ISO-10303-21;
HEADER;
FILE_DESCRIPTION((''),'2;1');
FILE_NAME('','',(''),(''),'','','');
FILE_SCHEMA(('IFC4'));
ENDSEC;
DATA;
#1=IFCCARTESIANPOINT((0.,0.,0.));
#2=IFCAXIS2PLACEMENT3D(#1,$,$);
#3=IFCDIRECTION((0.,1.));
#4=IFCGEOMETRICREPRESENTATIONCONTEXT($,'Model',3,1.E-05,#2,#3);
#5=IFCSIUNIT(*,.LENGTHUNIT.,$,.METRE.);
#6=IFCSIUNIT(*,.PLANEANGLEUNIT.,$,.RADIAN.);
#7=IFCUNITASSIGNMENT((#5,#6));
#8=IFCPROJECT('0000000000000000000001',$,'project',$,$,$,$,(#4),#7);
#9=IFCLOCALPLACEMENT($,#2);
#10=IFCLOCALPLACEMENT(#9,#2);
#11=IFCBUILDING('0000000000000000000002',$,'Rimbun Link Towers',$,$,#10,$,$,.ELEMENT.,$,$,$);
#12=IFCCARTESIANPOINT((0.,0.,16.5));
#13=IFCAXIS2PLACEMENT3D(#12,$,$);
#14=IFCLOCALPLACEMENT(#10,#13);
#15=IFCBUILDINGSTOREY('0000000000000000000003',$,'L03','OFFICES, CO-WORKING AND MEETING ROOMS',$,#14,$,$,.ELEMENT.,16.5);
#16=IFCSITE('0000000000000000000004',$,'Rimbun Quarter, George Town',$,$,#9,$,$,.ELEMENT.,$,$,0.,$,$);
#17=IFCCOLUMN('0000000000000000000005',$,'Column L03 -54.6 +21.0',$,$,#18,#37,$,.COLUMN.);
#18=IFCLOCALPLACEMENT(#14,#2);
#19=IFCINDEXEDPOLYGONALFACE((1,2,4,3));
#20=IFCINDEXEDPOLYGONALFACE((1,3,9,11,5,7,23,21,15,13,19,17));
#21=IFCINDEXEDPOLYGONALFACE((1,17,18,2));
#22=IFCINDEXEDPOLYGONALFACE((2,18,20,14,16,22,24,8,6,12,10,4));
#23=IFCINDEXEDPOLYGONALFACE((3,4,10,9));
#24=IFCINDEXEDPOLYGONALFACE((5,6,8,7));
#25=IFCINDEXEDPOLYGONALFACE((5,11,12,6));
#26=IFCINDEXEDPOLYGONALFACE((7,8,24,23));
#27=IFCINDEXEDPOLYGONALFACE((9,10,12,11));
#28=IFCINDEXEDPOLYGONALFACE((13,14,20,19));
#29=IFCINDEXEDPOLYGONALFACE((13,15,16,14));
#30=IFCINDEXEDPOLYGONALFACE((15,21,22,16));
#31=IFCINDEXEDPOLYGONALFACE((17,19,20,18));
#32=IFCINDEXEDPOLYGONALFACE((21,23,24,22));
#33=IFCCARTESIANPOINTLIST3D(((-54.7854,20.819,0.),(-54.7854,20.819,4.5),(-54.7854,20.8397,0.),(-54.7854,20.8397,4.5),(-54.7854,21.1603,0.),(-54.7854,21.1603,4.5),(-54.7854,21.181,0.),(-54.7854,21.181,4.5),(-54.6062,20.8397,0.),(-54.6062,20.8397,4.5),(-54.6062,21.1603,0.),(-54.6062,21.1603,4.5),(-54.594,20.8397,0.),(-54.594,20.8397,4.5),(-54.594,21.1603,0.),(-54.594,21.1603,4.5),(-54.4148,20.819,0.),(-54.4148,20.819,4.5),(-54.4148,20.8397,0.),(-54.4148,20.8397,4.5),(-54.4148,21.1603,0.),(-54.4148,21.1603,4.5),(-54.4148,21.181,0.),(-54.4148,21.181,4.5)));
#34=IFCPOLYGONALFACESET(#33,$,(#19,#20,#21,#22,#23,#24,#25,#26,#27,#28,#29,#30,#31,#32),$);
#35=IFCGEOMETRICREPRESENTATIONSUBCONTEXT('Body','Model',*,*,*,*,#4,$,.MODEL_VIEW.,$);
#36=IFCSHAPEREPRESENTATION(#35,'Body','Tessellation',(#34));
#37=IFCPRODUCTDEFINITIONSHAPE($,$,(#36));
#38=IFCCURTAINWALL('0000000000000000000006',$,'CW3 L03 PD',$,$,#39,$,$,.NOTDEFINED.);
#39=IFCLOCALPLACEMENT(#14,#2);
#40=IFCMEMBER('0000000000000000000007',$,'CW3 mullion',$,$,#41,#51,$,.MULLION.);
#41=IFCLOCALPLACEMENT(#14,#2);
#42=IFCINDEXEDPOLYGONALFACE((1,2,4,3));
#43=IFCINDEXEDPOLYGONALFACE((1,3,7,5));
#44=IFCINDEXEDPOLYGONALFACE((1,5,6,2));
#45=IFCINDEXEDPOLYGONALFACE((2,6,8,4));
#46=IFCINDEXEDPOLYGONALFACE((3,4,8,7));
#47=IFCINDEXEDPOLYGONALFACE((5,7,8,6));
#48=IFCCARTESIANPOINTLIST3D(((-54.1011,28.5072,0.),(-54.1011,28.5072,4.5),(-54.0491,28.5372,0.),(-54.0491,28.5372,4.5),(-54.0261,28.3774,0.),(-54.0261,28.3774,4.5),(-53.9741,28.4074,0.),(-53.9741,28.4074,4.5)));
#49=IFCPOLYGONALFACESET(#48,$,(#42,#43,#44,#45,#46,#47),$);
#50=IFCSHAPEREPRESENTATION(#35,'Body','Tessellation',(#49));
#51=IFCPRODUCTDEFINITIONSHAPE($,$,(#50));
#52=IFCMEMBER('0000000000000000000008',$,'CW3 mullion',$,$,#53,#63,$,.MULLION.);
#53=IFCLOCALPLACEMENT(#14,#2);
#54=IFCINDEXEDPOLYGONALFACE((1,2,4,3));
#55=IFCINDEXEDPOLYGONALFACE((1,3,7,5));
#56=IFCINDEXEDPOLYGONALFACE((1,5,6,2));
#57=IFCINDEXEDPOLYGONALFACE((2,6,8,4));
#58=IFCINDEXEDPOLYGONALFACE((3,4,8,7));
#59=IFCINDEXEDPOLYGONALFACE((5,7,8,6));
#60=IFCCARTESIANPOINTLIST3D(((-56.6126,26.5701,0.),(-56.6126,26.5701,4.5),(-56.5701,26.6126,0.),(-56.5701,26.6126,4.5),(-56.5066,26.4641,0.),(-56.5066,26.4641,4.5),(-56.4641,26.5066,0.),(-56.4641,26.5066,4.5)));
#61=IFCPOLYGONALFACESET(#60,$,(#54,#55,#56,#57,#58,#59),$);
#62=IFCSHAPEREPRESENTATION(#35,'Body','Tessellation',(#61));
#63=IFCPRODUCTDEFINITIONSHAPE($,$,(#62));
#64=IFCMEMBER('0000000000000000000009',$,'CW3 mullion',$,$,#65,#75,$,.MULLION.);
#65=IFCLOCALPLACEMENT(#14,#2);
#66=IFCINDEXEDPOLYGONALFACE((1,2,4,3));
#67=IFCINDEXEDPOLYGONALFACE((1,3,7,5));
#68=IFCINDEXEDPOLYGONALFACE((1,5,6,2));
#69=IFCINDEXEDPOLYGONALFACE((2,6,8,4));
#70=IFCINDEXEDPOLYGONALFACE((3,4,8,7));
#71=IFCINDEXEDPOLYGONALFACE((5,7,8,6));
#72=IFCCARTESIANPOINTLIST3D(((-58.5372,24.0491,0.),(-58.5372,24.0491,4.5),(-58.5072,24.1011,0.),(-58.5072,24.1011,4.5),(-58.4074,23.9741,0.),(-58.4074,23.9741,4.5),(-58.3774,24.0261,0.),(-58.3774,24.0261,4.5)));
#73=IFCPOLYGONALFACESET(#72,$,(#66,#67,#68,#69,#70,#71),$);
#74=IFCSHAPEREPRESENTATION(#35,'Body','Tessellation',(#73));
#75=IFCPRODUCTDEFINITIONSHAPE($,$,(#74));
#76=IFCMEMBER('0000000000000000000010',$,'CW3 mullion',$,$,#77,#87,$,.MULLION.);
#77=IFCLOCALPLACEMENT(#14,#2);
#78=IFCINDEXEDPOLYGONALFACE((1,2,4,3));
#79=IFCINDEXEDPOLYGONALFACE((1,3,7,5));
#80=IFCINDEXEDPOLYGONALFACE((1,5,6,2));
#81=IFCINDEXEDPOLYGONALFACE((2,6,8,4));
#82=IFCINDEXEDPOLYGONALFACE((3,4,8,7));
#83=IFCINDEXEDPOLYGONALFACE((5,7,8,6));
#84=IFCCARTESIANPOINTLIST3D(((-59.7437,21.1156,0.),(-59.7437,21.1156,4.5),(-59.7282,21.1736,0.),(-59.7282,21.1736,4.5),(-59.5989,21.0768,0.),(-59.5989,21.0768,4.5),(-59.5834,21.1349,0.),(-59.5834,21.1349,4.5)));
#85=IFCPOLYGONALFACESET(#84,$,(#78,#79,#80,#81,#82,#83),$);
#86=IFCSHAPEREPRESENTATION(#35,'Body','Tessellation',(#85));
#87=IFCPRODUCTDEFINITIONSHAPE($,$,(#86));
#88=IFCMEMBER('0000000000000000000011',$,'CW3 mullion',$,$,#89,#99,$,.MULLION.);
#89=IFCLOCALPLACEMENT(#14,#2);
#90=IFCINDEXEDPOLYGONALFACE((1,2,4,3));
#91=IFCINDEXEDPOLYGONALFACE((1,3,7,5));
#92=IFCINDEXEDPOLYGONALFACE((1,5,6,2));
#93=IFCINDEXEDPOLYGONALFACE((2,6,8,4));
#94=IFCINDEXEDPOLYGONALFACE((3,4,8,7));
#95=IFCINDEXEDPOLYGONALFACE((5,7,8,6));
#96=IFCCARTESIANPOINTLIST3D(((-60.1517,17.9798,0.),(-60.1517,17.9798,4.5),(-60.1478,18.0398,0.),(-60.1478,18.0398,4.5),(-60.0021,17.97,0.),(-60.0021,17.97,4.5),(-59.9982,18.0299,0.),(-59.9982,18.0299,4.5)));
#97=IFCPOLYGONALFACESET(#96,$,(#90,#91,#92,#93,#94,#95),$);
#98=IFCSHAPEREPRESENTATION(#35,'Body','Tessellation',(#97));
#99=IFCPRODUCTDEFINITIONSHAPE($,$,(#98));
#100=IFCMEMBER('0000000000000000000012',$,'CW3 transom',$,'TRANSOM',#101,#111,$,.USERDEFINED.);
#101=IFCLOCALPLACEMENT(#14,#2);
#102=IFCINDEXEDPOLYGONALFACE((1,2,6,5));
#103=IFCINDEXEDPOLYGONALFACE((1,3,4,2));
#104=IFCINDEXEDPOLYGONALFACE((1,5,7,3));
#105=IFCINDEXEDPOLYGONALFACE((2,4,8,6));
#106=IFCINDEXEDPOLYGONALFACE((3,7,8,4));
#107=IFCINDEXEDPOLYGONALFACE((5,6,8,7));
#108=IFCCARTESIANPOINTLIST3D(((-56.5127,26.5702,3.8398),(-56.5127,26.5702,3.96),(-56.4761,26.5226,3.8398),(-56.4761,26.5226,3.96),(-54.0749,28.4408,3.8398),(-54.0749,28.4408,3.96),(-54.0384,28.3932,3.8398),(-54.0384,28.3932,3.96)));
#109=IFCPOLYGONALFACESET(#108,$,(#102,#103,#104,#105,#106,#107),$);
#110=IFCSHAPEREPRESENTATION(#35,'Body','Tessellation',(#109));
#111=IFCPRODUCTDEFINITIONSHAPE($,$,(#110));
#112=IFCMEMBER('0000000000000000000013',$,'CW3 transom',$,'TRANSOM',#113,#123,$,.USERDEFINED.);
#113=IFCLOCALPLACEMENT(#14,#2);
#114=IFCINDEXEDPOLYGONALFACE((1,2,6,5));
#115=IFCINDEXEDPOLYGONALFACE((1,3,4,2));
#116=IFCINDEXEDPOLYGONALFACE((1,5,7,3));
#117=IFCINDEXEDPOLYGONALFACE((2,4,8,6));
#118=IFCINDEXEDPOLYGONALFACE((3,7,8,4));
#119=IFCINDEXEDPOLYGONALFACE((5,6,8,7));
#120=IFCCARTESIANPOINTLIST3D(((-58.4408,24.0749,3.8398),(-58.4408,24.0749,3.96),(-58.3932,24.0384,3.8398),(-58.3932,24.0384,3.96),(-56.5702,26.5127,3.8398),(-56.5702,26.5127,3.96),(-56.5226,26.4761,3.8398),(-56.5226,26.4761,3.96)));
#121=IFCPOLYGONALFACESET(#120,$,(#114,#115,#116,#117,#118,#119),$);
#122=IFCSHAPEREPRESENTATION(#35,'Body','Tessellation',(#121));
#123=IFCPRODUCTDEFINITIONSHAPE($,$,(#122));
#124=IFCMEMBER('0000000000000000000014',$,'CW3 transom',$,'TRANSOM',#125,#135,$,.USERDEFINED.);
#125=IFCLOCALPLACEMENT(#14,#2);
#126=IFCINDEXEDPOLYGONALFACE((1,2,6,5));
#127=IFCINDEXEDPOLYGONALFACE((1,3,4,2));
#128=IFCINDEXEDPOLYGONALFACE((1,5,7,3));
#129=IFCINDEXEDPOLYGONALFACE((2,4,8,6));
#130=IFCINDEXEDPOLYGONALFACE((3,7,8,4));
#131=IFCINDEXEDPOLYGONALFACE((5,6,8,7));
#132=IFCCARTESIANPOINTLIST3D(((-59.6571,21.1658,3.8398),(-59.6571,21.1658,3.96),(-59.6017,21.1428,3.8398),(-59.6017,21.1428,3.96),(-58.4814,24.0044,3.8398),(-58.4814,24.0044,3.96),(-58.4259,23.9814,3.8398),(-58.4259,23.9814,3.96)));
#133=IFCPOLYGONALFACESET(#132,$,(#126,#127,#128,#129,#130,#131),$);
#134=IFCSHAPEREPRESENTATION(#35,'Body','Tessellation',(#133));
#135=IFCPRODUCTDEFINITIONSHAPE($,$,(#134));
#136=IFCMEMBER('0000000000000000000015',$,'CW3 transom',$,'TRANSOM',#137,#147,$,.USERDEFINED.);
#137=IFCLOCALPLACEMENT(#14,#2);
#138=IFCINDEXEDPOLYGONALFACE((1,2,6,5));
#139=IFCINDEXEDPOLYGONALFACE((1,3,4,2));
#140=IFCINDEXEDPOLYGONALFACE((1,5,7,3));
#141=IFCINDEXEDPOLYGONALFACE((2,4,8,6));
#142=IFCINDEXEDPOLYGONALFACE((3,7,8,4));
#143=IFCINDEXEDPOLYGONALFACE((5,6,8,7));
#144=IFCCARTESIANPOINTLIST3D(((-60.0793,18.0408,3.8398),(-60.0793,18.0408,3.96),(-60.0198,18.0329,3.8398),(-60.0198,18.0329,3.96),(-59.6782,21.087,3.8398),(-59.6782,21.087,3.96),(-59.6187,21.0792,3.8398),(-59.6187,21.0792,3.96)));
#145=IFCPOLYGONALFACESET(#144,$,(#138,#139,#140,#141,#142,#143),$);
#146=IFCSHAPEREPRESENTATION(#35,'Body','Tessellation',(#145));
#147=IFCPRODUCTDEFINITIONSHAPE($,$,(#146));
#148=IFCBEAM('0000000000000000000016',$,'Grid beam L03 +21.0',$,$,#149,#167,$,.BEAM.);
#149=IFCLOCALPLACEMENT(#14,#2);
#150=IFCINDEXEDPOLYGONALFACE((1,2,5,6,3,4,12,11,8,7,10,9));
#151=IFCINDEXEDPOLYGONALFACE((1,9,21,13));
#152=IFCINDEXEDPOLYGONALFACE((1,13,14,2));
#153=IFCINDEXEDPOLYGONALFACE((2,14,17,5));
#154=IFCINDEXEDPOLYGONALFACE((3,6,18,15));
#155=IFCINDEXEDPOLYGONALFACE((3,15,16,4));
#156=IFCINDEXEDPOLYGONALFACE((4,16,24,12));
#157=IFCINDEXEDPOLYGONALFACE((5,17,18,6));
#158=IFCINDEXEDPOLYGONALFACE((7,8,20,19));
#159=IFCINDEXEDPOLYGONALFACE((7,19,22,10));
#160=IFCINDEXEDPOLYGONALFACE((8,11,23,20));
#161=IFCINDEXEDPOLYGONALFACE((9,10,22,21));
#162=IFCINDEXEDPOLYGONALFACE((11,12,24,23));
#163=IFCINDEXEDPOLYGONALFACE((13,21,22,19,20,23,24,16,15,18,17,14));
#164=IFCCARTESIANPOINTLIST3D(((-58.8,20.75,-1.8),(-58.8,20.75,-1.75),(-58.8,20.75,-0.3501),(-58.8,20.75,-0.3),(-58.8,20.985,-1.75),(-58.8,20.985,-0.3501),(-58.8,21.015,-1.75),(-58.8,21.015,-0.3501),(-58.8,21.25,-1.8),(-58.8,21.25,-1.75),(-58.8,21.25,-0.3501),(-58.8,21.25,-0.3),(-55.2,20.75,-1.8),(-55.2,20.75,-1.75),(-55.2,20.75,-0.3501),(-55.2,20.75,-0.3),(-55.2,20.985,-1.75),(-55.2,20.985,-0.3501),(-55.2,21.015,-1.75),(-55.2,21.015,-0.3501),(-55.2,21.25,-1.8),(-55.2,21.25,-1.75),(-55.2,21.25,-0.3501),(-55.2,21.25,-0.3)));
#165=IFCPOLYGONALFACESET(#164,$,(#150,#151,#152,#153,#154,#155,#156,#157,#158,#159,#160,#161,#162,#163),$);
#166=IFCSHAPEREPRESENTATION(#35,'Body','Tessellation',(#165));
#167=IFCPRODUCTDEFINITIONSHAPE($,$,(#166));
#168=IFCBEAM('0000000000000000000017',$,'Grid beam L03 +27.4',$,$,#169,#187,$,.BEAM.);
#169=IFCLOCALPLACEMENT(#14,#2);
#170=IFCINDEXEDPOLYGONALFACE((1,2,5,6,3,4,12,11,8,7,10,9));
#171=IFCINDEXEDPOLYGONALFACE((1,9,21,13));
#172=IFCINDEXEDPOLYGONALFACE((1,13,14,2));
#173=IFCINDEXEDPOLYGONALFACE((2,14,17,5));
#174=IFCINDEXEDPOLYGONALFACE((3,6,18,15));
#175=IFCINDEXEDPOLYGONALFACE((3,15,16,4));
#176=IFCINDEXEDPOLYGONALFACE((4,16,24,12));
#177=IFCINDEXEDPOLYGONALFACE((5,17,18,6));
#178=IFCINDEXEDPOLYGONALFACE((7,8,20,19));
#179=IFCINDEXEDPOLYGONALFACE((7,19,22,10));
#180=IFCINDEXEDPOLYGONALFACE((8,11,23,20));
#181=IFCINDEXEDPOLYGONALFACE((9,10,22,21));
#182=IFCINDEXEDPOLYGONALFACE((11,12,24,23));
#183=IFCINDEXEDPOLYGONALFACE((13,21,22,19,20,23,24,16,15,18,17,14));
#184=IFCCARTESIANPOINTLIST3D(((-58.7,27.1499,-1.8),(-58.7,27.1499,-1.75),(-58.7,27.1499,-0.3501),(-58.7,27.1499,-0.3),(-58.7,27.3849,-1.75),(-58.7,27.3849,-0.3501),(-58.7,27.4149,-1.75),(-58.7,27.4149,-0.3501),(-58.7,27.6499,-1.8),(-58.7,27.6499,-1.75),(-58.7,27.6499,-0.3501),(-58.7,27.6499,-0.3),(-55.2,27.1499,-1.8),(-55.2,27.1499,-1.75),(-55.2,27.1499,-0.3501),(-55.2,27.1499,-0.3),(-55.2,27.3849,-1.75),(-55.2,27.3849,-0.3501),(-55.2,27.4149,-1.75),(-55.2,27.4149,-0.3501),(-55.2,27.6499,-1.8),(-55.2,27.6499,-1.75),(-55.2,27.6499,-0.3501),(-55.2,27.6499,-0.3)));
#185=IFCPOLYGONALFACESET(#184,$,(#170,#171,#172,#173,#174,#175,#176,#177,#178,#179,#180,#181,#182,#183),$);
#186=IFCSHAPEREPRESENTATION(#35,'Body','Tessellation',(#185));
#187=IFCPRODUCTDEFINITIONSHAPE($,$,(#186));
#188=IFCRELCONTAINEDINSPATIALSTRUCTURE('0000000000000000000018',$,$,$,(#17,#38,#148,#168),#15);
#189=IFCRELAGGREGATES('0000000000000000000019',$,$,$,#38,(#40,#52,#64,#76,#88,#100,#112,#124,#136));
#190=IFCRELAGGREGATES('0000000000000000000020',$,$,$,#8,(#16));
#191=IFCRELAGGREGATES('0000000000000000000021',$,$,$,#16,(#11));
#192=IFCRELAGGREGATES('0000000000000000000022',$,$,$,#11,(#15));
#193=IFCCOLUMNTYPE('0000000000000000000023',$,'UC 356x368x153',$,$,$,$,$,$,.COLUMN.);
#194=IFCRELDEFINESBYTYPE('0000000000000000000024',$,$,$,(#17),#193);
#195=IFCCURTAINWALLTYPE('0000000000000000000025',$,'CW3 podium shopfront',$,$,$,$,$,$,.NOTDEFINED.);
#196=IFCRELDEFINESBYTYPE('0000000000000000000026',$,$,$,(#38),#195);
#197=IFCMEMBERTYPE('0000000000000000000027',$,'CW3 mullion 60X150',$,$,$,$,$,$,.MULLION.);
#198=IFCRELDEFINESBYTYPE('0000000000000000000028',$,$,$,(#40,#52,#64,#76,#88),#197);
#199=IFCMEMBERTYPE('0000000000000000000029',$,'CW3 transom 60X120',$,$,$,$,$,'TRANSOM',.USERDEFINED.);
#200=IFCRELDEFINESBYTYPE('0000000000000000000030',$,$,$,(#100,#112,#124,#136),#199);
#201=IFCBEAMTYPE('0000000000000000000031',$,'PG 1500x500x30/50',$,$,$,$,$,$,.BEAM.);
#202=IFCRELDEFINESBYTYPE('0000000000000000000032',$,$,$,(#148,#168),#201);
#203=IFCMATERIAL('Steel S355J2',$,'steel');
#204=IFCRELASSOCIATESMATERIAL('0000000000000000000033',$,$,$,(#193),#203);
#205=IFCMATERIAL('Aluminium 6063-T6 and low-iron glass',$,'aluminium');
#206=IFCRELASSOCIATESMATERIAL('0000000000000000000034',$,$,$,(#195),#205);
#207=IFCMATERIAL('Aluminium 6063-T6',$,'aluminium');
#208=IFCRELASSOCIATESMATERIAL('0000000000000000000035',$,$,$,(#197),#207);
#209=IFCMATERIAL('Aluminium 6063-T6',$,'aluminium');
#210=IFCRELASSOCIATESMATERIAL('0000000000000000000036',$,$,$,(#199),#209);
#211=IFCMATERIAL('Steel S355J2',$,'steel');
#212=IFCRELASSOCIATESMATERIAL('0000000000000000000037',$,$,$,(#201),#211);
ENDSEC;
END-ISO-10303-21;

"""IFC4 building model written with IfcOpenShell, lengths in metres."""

from ifc_helpers import new_model, si_unit, direction, frame, origin, origin_2d, place, context, subcontext, project, spatial, rectangle, i_section, extrude, material, material_profile, profile_set, type_object, element, aggregate, save


model = new_model("IFC4")

# Units and contexts
model_context = context("Model", 3, precision=1e-05, world=origin(), true_north=direction((0.0, 1.0)))
body_context = subcontext(model_context, "Body", "Model", "MODEL_VIEW")
ifc_project = project(units=[si_unit("LENGTHUNIT", "METRE"), si_unit("PLANEANGLEUNIT", "RADIAN")], contexts=[model_context])

# Site, building, storey
site_placement = place(None, origin())
site = spatial("IfcSite", under=ifc_project, at=site_placement, Name="Rimbun Quarter, George Town", CompositionType="ELEMENT", RefElevation=0.0)
building_placement = place(site_placement, origin())
building = spatial("IfcBuilding", under=site, at=building_placement, Name="Rimbun Link Towers", CompositionType="ELEMENT")
storey_placement = place(building_placement, frame((0.0, 0.0, 16.5)))
storey = spatial("IfcBuildingStorey", under=building, at=storey_placement, Name="L03", Description="OFFICES, CO-WORKING AND MEETING ROOMS", CompositionType="ELEMENT", Elevation=16.5)

# Column
ifc_material_1 = material(Name="Steel S355J2", Category="steel")
ifc_material_profile_1 = material_profile(ifc_material_1, i_section(OverallWidth=0.3706, OverallDepth=0.3621, WebThickness=0.0122, FlangeThickness=0.0208, at=origin_2d()), Name="UC 356x368x153")
ifc_profile_set_1 = profile_set([ifc_material_profile_1], Name="Steel S355J2")
column_type = type_object("IfcColumnType", Name="UC 356x368x153", PredefinedType="COLUMN", material=ifc_profile_set_1)
column_placement = place(storey_placement, frame((-54.6001, 21.0, 0.0), z_axis=(0.0, 0.0, 1.0), x_axis=(1.0, 0.0, 0.0)))
element("IfcColumn", 1, at=column_placement, inside=storey, type_object=column_type, Name="Column L03 -54.6 +21.0", PredefinedType="COLUMN", context=body_context, shape_type="SweptSolid", body=[
    extrude(i_section(OverallWidth=0.3706, OverallDepth=0.3621, WebThickness=0.0122, FlangeThickness=0.0208, at=origin_2d()), origin(), (0.0, 0.0, 1.0), 4.5),
])

# Curtain wall, members
ifc_material_2 = material(Name="Aluminium 6063-T6 and low-iron glass", Category="aluminium")
curtain_wall_type = type_object("IfcCurtainWallType", Name="CW3 podium shopfront", PredefinedType="NOTDEFINED", material=ifc_material_2)
curtain_wall_placement = place(storey_placement, origin())
curtain_wall = element("IfcCurtainWall", 2, at=curtain_wall_placement, inside=storey, type_object=curtain_wall_type, Name="CW3 L03 PD", PredefinedType="NOTDEFINED")
ifc_material_3 = material(Name="Aluminium 6063-T6", Category="aluminium")
ifc_material_profile_2 = material_profile(ifc_material_3, rectangle(XDim=0.1499, YDim=0.0601, at=origin_2d()), Name="MULLION 60X150")
ifc_profile_set_2 = profile_set([ifc_material_profile_2], Name="Aluminium 6063-T6")
member_type_1 = type_object("IfcMemberType", Name="CW3 mullion 60X150", PredefinedType="MULLION", material=ifc_profile_set_2)
member_1_placement = place(storey_placement, frame((-54.0376, 28.4573, 0.0), z_axis=(0.0, 0.0, 1.0), x_axis=(-0.499994, 0.866029, 0.0)))
member_1 = element("IfcMember", 3, at=member_1_placement, type_object=member_type_1, Name="CW3 mullion", PredefinedType="MULLION", context=body_context, shape_type="SweptSolid", body=[
    extrude(rectangle(XDim=0.1499, YDim=0.0601, at=origin_2d()), origin(), (0.0, 0.0, 1.0), 4.5),
])
member_2_placement = place(storey_placement, frame((-56.5383, 26.5383, 0.0), z_axis=(0.0, 0.0, 1.0), x_axis=(-0.707107, 0.707107, 0.0)))
member_2 = element("IfcMember", 4, at=member_2_placement, type_object=member_type_1, Name="CW3 mullion", PredefinedType="MULLION", context=body_context, shape_type="SweptSolid", body=[
    extrude(rectangle(XDim=0.1499, YDim=0.0601, at=origin_2d()), origin(), (0.0, 0.0, 1.0), 4.5),
])
member_3_placement = place(storey_placement, frame((-58.4573, 24.0376, 0.0), z_axis=(0.0, 0.0, 1.0), x_axis=(-0.866029, 0.499994, 0.0)))
member_3 = element("IfcMember", 5, at=member_3_placement, type_object=member_type_1, Name="CW3 mullion", PredefinedType="MULLION", context=body_context, shape_type="SweptSolid", body=[
    extrude(rectangle(XDim=0.1499, YDim=0.0601, at=origin_2d()), origin(), (0.0, 0.0, 1.0), 4.5),
])
member_4_placement = place(storey_placement, frame((-59.6636, 21.1252, 0.0), z_axis=(0.0, 0.0, 1.0), x_axis=(-0.965926, 0.258819, 0.0)))
member_4 = element("IfcMember", 6, at=member_4_placement, type_object=member_type_1, Name="CW3 mullion", PredefinedType="MULLION", context=body_context, shape_type="SweptSolid", body=[
    extrude(rectangle(XDim=0.1499, YDim=0.0601, at=origin_2d()), origin(), (0.0, 0.0, 1.0), 4.5),
])
member_5_placement = place(storey_placement, frame((-60.075, 18.0049, 0.0), z_axis=(0.0, 0.0, 1.0), x_axis=(-0.997859, 0.065405, 0.0)))
member_5 = element("IfcMember", 7, at=member_5_placement, type_object=member_type_1, Name="CW3 mullion", PredefinedType="MULLION", context=body_context, shape_type="SweptSolid", body=[
    extrude(rectangle(XDim=0.1499, YDim=0.0601, at=origin_2d()), origin(), (0.0, 0.0, 1.0), 4.5),
])
ifc_material_4 = material(Name="Aluminium 6063-T6", Category="aluminium")
ifc_material_profile_3 = material_profile(ifc_material_4, rectangle(XDim=0.0601, YDim=0.1201, at=origin_2d()), Name="TRANSOM 60X120")
ifc_profile_set_3 = profile_set([ifc_material_profile_3], Name="Aluminium 6063-T6")
member_type_2 = type_object("IfcMemberType", Name="CW3 transom 60X120", ElementType="TRANSOM", PredefinedType="USERDEFINED", material=ifc_profile_set_3)
member_6_placement = place(storey_placement, frame((-56.4944, 26.5464, 3.8999), z_axis=(0.793344, 0.608773, 0.0), x_axis=(-0.608773, 0.793344, 0.0)))
member_6 = element("IfcMember", 8, at=member_6_placement, type_object=member_type_2, Name="CW3 transom", ObjectType="TRANSOM", PredefinedType="USERDEFINED", context=body_context, shape_type="SweptSolid", body=[
    extrude(rectangle(XDim=0.0601, YDim=0.1201, at=origin_2d()), origin(), (0.0, 0.0, 1.0), 3.0728),
])
member_7_placement = place(storey_placement, frame((-58.417, 24.0566, 3.8999), z_axis=(0.608773, 0.793344, 0.0), x_axis=(-0.793344, 0.608773, 0.0)))
member_7 = element("IfcMember", 9, at=member_7_placement, type_object=member_type_2, Name="CW3 transom", ObjectType="TRANSOM", PredefinedType="USERDEFINED", context=body_context, shape_type="SweptSolid", body=[
    extrude(rectangle(XDim=0.0601, YDim=0.1201, at=origin_2d()), origin(), (0.0, 0.0, 1.0), 3.0728),
])
member_8_placement = place(storey_placement, frame((-59.6294, 21.1543, 3.8999), z_axis=(0.382679, 0.923881, 0.0), x_axis=(-0.923881, 0.382679, 0.0)))
member_8 = element("IfcMember", 10, at=member_8_placement, type_object=member_type_2, Name="CW3 transom", ObjectType="TRANSOM", PredefinedType="USERDEFINED", context=body_context, shape_type="SweptSolid", body=[
    extrude(rectangle(XDim=0.0601, YDim=0.1201, at=origin_2d()), origin(), (0.0, 0.0, 1.0), 3.0725),
])
member_9_placement = place(storey_placement, frame((-60.0496, 18.0369, 3.8999), z_axis=(0.130555, 0.991441, 0.0), x_axis=(-0.991441, 0.130555, 0.0)))
member_9 = element("IfcMember", 11, at=member_9_placement, type_object=member_type_2, Name="CW3 transom", ObjectType="TRANSOM", PredefinedType="USERDEFINED", context=body_context, shape_type="SweptSolid", body=[
    extrude(rectangle(XDim=0.0601, YDim=0.1201, at=origin_2d()), origin(), (0.0, 0.0, 1.0), 3.0725),
])

# Beams
ifc_material_5 = material(Name="Steel S355J2", Category="steel")
ifc_material_profile_4 = material_profile(ifc_material_5, i_section(OverallWidth=0.5, OverallDepth=1.5, WebThickness=0.03, FlangeThickness=0.05, at=origin_2d()), Name="PG 1500x500x30/50")
ifc_profile_set_4 = profile_set([ifc_material_profile_4], Name="Steel S355J2")
beam_type = type_object("IfcBeamType", Name="PG 1500x500x30/50", PredefinedType="BEAM", material=ifc_profile_set_4)
beam_1_placement = place(storey_placement, frame((-58.8, 21.0, -1.05), z_axis=(1.0, 0.0, 0.0), x_axis=(0.0, 1.0, 0.0)))
element("IfcBeam", 12, at=beam_1_placement, inside=storey, type_object=beam_type, Name="Grid beam L03 +21.0", PredefinedType="BEAM", context=body_context, shape_type="SweptSolid", body=[
    extrude(i_section(OverallWidth=0.5, OverallDepth=1.5, WebThickness=0.03, FlangeThickness=0.05, at=origin_2d()), origin(), (0.0, 0.0, 1.0), 3.6001),
])
for number, where, z_axis, x_axis, name in (
    (13, (-58.7, 27.3999, -1.05), (1.0, 0.0, 0.0), (0.0, 1.0, 0.0), "Grid beam L03 +27.4"),
):
    element("IfcBeam", number, at=place(storey_placement, frame(where, z_axis=z_axis, x_axis=x_axis)), inside=storey, type_object=beam_type, Name=name, PredefinedType="BEAM", context=body_context, shape_type="SweptSolid", body=[
        extrude(i_section(OverallWidth=0.5, OverallDepth=1.5, WebThickness=0.03, FlangeThickness=0.05, at=origin_2d()), origin(), (0.0, 0.0, 1.0), 3.5),
    ])

aggregate(curtain_wall, [member_1, member_2, member_3, member_4, member_5, member_6, member_7, member_8, member_9])

save(model, "model.ifc")
